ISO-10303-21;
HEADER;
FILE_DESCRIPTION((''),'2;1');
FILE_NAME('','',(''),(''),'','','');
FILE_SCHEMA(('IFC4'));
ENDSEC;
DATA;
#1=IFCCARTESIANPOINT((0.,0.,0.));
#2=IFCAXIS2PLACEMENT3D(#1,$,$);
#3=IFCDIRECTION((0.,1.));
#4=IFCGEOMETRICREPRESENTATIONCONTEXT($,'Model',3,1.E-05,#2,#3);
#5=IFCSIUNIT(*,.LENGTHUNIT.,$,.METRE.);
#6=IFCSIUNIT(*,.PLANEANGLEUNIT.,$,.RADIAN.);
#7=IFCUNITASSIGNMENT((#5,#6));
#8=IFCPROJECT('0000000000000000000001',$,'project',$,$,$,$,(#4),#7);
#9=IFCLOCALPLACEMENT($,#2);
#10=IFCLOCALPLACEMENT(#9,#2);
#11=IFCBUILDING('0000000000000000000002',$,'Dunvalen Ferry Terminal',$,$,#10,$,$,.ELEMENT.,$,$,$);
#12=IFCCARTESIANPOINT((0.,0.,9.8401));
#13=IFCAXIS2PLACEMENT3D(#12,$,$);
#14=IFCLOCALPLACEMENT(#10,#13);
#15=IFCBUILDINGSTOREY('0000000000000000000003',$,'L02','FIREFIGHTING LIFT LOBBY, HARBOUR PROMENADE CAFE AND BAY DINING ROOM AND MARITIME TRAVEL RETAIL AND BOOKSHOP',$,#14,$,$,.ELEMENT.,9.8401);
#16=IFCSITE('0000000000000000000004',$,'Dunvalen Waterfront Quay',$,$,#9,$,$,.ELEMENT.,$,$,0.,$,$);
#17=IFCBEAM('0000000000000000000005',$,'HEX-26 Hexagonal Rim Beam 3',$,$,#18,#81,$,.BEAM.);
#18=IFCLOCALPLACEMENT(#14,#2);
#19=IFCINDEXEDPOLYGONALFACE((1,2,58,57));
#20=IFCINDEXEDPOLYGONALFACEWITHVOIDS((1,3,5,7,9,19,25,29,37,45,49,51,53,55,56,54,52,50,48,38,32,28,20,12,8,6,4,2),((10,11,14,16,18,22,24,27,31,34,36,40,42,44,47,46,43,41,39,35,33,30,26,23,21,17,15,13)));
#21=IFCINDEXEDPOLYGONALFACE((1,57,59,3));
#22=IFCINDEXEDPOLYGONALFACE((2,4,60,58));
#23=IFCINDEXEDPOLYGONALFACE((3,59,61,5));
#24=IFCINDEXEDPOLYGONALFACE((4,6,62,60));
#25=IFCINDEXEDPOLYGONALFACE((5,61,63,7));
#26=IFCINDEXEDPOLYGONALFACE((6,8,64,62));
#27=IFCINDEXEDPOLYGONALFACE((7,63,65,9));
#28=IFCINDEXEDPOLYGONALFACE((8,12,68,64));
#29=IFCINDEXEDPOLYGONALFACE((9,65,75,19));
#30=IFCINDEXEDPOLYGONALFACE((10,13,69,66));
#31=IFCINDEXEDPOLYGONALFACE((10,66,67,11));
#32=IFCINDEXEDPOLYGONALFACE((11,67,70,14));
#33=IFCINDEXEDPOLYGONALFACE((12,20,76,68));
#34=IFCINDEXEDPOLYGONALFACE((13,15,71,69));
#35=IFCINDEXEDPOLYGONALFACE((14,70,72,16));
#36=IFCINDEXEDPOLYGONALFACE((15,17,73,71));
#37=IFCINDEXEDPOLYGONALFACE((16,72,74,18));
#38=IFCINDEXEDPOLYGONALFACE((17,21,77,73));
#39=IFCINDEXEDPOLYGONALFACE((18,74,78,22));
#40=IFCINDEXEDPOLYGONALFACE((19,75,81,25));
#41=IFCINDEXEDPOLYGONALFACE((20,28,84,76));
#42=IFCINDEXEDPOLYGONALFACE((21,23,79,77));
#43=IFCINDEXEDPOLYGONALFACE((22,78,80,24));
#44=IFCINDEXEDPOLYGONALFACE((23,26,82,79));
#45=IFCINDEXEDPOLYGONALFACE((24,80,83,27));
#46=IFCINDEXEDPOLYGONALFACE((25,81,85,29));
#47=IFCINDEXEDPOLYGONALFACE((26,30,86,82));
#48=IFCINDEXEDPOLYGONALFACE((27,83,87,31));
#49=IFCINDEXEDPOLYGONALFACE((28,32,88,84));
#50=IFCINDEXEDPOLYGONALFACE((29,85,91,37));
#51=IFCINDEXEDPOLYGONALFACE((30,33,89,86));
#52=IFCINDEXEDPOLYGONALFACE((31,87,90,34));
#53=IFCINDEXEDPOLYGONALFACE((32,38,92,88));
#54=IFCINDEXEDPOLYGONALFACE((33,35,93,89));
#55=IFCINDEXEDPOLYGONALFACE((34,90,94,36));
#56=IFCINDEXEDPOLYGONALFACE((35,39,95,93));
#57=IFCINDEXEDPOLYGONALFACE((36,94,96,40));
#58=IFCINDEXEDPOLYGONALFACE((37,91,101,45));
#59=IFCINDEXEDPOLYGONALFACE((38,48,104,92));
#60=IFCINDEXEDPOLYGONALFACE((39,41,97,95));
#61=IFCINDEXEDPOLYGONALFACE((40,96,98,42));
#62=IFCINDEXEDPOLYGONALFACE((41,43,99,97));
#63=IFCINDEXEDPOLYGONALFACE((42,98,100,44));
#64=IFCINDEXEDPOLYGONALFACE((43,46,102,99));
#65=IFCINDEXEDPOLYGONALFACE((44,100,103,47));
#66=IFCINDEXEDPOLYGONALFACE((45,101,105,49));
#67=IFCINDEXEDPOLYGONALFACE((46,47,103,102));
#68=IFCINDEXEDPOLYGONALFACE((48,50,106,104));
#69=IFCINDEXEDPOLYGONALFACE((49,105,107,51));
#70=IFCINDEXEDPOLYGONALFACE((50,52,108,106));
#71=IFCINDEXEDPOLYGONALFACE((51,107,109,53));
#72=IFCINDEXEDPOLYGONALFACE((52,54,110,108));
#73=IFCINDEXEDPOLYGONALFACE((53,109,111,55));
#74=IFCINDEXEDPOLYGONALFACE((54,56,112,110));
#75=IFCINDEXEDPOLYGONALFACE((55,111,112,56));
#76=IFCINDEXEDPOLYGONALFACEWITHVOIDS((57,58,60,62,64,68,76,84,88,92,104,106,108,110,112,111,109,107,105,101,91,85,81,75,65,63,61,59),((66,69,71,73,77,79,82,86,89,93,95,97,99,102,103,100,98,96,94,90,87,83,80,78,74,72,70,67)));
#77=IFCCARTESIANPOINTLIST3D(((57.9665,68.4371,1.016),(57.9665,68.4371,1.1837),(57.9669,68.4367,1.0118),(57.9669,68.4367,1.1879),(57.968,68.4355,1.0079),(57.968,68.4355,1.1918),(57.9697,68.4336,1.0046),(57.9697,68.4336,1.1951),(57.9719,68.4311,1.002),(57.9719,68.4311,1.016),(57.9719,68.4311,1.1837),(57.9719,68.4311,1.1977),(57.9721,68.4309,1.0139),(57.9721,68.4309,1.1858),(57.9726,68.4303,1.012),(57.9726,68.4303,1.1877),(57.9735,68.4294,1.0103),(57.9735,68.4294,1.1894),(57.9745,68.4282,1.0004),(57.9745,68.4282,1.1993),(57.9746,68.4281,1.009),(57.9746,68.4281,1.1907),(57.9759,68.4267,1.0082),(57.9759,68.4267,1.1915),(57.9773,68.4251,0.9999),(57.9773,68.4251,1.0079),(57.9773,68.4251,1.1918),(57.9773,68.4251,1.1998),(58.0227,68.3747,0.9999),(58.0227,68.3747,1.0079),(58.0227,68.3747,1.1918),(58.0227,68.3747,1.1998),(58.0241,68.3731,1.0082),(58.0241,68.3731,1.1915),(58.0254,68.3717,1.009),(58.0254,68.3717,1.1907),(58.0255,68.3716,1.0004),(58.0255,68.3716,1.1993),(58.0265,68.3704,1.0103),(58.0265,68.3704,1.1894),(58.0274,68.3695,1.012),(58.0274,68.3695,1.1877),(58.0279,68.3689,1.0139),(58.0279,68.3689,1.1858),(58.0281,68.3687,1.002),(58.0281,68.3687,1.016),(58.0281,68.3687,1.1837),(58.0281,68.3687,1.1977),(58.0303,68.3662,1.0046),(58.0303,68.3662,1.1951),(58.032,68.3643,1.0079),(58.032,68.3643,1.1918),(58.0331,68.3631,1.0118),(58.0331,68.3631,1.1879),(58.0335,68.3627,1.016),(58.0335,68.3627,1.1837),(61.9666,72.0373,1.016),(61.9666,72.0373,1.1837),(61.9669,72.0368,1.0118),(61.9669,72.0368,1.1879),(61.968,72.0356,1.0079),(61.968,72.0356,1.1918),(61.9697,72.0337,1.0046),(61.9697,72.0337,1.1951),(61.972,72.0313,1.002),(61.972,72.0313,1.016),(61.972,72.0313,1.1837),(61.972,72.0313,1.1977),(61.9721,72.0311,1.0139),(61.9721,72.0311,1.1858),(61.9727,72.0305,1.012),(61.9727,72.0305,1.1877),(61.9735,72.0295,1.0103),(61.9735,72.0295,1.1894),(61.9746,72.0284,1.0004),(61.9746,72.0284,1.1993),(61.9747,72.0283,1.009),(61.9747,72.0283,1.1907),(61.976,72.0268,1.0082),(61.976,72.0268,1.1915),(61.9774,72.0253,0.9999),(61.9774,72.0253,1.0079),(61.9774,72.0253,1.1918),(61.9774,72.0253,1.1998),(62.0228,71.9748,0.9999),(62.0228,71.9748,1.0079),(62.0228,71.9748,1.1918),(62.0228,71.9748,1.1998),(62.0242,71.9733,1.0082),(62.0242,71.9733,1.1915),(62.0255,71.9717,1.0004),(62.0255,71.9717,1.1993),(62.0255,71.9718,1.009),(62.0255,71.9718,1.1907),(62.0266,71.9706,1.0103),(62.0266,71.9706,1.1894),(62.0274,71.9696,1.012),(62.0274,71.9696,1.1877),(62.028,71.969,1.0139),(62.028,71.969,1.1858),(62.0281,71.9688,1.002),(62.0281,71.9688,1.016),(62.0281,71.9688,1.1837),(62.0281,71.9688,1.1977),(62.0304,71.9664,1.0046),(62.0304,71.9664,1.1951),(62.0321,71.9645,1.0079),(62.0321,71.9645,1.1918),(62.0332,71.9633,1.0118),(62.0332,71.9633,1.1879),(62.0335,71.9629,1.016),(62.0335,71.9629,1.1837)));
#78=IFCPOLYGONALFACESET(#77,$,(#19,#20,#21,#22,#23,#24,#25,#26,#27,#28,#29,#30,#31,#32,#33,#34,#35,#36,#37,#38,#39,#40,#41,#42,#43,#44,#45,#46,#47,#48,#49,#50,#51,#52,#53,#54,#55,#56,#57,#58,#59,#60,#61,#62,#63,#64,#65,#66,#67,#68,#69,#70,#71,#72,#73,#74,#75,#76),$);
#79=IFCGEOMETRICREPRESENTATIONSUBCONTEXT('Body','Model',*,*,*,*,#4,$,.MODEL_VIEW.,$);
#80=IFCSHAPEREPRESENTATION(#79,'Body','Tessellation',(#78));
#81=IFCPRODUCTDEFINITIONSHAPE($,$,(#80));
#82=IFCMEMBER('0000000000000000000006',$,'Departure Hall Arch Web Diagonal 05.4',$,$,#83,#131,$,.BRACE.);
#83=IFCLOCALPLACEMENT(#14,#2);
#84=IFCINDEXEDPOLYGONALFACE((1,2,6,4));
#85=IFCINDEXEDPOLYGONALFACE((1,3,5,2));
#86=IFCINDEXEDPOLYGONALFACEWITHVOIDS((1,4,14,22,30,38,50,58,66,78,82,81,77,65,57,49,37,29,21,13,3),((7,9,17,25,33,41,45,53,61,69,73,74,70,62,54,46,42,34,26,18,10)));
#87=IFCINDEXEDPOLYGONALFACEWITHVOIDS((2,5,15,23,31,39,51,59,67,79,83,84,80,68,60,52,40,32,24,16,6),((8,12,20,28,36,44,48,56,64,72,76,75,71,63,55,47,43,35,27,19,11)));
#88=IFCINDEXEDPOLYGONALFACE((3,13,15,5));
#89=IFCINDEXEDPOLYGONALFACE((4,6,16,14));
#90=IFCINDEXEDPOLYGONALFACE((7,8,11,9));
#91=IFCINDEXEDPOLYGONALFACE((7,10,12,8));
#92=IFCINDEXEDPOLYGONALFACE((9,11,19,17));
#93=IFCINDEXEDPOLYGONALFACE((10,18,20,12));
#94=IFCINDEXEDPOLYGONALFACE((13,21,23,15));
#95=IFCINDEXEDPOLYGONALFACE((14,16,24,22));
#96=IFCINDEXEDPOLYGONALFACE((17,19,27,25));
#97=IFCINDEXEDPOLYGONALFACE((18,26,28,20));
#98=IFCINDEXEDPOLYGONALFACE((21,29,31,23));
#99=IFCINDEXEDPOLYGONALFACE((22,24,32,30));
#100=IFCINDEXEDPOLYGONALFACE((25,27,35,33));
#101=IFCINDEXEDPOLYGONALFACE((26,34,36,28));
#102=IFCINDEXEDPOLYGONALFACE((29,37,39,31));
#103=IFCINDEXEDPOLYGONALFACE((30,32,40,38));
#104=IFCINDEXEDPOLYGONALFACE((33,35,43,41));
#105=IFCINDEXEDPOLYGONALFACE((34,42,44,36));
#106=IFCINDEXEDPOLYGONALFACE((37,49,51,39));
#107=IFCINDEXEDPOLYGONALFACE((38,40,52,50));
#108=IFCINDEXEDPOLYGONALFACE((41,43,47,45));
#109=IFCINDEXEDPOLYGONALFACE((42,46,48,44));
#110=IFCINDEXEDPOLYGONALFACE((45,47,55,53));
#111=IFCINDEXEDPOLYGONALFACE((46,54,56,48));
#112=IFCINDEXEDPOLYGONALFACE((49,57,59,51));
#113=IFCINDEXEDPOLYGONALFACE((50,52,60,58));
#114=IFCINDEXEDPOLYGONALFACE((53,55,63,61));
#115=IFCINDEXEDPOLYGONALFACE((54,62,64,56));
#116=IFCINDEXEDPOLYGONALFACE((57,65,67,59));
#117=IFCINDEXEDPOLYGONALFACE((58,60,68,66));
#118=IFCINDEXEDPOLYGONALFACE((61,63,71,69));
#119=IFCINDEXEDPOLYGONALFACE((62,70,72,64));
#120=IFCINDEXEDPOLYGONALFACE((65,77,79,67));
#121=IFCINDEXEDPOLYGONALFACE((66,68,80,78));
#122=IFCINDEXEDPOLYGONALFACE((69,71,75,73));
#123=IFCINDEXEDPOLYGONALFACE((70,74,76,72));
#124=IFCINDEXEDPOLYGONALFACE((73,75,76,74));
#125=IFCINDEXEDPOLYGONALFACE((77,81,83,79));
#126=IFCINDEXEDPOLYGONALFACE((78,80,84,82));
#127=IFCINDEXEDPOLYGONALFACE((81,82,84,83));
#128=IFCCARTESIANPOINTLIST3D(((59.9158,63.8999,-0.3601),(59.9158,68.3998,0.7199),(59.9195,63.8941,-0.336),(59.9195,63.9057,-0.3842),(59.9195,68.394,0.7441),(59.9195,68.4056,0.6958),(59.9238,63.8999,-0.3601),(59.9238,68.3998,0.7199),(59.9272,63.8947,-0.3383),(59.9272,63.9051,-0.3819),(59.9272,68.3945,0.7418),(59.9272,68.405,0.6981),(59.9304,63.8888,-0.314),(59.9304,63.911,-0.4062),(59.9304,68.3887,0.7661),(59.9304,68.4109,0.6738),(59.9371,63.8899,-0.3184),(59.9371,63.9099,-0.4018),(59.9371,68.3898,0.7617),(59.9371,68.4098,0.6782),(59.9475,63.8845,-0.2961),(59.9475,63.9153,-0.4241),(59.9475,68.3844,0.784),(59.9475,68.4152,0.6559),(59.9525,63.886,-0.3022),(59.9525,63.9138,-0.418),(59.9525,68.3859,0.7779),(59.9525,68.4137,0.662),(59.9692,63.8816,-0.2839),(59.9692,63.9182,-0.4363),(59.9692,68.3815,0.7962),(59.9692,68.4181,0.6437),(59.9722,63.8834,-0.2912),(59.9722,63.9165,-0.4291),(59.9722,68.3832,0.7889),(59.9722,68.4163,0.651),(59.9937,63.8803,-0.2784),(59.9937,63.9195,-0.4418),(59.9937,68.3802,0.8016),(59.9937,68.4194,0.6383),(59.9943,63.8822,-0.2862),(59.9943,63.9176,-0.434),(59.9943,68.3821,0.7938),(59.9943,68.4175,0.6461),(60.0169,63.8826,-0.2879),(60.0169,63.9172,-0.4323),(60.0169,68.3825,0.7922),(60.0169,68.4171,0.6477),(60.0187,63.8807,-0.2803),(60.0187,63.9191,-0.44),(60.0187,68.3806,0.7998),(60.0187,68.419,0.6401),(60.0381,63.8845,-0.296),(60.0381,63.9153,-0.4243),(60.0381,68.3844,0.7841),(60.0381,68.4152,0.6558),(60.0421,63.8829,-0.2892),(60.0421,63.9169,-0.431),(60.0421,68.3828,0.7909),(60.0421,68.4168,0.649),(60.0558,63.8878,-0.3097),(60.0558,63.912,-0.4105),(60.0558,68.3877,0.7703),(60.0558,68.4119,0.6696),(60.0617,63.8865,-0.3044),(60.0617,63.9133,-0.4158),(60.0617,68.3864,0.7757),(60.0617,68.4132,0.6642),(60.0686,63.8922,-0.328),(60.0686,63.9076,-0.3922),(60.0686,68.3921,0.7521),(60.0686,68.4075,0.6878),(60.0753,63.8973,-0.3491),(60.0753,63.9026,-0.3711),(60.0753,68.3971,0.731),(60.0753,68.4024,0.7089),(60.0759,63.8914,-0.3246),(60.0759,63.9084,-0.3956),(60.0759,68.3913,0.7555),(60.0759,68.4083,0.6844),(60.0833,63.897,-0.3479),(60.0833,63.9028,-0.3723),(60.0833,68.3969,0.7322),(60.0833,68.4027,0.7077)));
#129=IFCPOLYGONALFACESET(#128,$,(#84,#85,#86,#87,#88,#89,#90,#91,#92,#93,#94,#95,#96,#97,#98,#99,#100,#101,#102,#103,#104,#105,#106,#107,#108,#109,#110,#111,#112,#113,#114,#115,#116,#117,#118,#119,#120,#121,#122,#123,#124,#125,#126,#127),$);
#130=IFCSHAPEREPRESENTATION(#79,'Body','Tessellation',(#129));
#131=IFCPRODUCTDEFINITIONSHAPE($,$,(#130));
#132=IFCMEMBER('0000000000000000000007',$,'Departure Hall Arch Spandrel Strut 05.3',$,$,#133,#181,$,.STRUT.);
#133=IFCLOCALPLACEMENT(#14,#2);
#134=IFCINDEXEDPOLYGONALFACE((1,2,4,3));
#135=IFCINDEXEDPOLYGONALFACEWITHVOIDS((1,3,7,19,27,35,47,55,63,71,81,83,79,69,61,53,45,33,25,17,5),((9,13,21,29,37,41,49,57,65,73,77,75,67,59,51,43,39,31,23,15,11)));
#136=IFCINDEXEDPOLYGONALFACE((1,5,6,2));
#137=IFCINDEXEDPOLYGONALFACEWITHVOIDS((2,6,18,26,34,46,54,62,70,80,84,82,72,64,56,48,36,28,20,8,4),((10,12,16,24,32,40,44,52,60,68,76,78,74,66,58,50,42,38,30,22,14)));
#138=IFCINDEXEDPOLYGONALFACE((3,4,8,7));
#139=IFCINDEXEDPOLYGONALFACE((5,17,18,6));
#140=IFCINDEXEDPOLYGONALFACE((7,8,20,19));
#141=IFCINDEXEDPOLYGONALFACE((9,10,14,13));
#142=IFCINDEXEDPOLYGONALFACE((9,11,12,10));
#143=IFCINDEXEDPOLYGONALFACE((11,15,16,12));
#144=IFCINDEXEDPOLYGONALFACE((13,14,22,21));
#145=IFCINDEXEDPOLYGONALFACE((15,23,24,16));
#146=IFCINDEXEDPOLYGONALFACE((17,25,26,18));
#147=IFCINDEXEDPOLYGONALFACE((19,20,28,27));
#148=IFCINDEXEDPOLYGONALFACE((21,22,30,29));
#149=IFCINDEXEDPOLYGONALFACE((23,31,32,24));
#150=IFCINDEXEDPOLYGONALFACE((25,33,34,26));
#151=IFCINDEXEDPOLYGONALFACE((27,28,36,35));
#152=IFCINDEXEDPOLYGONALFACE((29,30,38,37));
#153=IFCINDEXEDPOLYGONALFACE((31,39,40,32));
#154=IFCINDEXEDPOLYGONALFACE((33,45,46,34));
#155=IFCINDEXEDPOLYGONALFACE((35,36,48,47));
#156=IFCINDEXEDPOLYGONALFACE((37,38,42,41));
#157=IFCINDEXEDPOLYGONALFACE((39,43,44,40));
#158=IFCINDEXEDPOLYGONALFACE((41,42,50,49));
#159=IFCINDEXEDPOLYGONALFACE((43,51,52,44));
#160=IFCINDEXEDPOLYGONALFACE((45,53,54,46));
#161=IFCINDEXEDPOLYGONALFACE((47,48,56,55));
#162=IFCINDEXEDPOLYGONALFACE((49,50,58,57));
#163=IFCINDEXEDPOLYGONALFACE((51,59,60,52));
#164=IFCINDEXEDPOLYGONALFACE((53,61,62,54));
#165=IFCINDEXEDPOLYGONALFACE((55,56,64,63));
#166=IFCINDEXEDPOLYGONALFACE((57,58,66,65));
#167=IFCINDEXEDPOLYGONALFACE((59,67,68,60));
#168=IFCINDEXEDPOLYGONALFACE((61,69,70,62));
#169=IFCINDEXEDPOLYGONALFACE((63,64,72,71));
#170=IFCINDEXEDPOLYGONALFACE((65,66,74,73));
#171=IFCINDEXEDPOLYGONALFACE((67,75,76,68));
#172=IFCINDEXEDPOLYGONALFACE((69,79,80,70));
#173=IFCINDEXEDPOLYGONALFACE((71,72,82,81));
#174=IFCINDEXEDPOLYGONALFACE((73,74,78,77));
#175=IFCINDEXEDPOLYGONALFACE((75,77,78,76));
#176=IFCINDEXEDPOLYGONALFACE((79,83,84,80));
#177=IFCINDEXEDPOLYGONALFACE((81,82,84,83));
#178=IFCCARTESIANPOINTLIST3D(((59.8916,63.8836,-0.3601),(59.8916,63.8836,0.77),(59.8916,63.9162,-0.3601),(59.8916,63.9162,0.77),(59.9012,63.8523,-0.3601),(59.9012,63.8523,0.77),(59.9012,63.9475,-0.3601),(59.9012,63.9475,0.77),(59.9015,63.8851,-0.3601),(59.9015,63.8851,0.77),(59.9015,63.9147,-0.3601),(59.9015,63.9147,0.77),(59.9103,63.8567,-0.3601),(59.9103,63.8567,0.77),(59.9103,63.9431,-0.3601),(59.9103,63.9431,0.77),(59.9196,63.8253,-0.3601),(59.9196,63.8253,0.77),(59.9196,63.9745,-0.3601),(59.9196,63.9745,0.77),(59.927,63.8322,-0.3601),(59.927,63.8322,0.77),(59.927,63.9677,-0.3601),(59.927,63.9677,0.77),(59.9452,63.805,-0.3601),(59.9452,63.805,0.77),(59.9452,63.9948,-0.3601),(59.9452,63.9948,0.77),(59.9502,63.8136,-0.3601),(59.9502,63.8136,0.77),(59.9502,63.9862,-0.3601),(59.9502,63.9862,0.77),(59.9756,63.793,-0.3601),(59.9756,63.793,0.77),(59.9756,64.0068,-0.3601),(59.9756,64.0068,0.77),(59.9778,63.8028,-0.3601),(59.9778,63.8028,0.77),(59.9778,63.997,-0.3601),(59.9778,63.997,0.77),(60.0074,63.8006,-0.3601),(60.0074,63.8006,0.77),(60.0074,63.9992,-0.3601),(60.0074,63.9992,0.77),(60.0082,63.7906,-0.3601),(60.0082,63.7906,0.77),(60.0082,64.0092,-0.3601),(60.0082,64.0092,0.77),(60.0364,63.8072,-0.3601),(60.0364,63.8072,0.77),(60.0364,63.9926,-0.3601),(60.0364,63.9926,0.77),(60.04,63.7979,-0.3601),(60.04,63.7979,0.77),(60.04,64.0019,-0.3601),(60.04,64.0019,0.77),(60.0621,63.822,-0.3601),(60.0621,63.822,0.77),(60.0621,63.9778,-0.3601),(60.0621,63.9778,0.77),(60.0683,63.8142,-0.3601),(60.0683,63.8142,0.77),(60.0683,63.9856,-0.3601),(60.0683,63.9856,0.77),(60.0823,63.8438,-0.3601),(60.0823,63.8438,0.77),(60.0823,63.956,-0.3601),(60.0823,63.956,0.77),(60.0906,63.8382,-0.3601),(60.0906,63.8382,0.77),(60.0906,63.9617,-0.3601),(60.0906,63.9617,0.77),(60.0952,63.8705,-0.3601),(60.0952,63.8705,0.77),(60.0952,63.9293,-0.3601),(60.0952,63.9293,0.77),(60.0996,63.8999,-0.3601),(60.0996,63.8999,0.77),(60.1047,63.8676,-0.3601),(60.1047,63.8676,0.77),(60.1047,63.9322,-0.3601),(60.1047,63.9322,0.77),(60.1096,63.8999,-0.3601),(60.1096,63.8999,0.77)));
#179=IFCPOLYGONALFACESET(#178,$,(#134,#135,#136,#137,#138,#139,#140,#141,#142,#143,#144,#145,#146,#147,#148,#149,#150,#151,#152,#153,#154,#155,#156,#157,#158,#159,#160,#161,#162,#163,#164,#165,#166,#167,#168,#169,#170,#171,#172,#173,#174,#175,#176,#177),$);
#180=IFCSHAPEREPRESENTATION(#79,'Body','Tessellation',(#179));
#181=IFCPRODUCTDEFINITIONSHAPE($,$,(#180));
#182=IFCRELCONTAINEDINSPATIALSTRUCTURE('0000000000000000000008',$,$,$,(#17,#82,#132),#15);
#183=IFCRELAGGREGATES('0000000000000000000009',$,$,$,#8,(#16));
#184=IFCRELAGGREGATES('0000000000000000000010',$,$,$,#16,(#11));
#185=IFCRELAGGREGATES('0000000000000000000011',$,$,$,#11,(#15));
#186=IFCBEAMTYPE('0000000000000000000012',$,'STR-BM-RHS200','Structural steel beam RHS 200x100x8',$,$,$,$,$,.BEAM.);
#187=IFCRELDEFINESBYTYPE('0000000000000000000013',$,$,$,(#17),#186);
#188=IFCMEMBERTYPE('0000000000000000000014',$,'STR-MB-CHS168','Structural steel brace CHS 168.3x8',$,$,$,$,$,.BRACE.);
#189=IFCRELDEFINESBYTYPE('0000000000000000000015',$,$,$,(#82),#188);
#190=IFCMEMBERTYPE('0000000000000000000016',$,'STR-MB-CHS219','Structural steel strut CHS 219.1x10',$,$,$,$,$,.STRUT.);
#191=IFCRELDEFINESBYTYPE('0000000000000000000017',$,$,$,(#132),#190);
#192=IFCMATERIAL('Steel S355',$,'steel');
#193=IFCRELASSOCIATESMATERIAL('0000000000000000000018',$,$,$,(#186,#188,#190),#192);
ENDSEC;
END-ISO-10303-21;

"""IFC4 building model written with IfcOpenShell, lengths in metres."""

from ifc_helpers import new_model, si_unit, direction, frame, origin, origin_2d, place, context, subcontext, project, spatial, hollow_rectangle, hollow_circle, extrude, material, material_profile, profile_set, type_object, element, save


model = new_model("IFC4")

# Units and contexts
model_context = context("Model", 3, precision=1e-05, world=origin(), true_north=direction((0.0, 1.0)))
body_context = subcontext(model_context, "Body", "Model", "MODEL_VIEW")
ifc_project = project(units=[si_unit("LENGTHUNIT", "METRE"), si_unit("PLANEANGLEUNIT", "RADIAN")], contexts=[model_context])

# Site, building, storey
site_placement = place(None, origin())
site = spatial("IfcSite", under=ifc_project, at=site_placement, Name="Dunvalen Waterfront Quay", CompositionType="ELEMENT", RefElevation=0.0)
building_placement = place(site_placement, origin())
building = spatial("IfcBuilding", under=site, at=building_placement, Name="Dunvalen Ferry Terminal", CompositionType="ELEMENT")
storey_placement = place(building_placement, frame((0.0, 0.0, 9.8401)))
storey = spatial("IfcBuildingStorey", under=building, at=storey_placement, Name="L02", Description="FIREFIGHTING LIFT LOBBY, HARBOUR PROMENADE CAFE AND BAY DINING ROOM AND MARITIME TRAVEL RETAIL AND BOOKSHOP", CompositionType="ELEMENT", Elevation=9.8401)

# Beam
ifc_material_1 = material(Name="Steel S355", Category="steel")
ifc_material_profile_1 = material_profile(ifc_material_1, hollow_rectangle(XDim=0.1001, YDim=0.2, WallThickness=0.0081, InnerFilletRadius=0.0081, OuterFilletRadius=0.0161, at=origin_2d()), Name="Steel S355")
ifc_profile_set_1 = profile_set([ifc_material_profile_1], Name="Steel S355")
beam_type_1 = type_object("IfcBeamType", Name="STR-BM-RHS200", Description="Structural steel beam RHS 200x100x8", PredefinedType="BEAM", material=ifc_profile_set_1)
beam_1_placement = place(storey_placement, frame((58.0, 68.3999, 1.0999), z_axis=(0.743285, 0.668975, 0.0), x_axis=(-0.668975, 0.743285, 0.0)))
element("IfcBeam", 1, at=beam_1_placement, inside=storey, type_object=beam_type_1, Name="HEX-26 Hexagonal Rim Beam 3", PredefinedType="BEAM", context=body_context, shape_type="SweptSolid", body=[
    extrude(hollow_rectangle(XDim=0.1001, YDim=0.2, WallThickness=0.0081, InnerFilletRadius=0.0081, OuterFilletRadius=0.0161, at=origin_2d()), origin(), (0.0, 0.0, 1.0), 5.3816),
])

# Members
ifc_material_profile_2 = material_profile(ifc_material_1, hollow_circle(Radius=0.0842, WallThickness=0.0081, at=origin_2d()), Name="Steel S355")
ifc_profile_set_2 = profile_set([ifc_material_profile_2], Name="Steel S355")
member_type_1 = type_object("IfcMemberType", Name="STR-MB-CHS168", Description="Structural steel brace CHS 168.3x8", PredefinedType="BRACE", material=ifc_profile_set_2)
member_1_placement = place(storey_placement, frame((60.0, 63.8999, -0.3601), z_axis=(0.0, 0.972383, 0.233389), x_axis=(-1.0, 0.0, 0.0)))
element("IfcMember", 2, at=member_1_placement, inside=storey, type_object=member_type_1, Name="Departure Hall Arch Web Diagonal 05.4", PredefinedType="BRACE", context=body_context, shape_type="SweptSolid", body=[
    extrude(hollow_circle(Radius=0.0842, WallThickness=0.0081, at=origin_2d()), origin(), (0.0, 0.0, 1.0), 4.6277),
])
ifc_material_profile_3 = material_profile(ifc_material_1, hollow_circle(Radius=0.1096, WallThickness=0.01, at=origin_2d()), Name="Steel S355")
ifc_profile_set_3 = profile_set([ifc_material_profile_3], Name="Steel S355")
member_type_2 = type_object("IfcMemberType", Name="STR-MB-CHS219", Description="Structural steel strut CHS 219.1x10", PredefinedType="STRUT", material=ifc_profile_set_3)
member_2_placement = place(storey_placement, frame((60.0, 63.8999, -0.3601), z_axis=(0.0, 0.0, 1.0), x_axis=(1.0, 0.0, 0.0)))
element("IfcMember", 3, at=member_2_placement, inside=storey, type_object=member_type_2, Name="Departure Hall Arch Spandrel Strut 05.3", PredefinedType="STRUT", context=body_context, shape_type="SweptSolid", body=[
    extrude(hollow_circle(Radius=0.1096, WallThickness=0.01, at=origin_2d()), origin(), (0.0, 0.0, 1.0), 1.1301),
])

save(model, "model.ifc")
